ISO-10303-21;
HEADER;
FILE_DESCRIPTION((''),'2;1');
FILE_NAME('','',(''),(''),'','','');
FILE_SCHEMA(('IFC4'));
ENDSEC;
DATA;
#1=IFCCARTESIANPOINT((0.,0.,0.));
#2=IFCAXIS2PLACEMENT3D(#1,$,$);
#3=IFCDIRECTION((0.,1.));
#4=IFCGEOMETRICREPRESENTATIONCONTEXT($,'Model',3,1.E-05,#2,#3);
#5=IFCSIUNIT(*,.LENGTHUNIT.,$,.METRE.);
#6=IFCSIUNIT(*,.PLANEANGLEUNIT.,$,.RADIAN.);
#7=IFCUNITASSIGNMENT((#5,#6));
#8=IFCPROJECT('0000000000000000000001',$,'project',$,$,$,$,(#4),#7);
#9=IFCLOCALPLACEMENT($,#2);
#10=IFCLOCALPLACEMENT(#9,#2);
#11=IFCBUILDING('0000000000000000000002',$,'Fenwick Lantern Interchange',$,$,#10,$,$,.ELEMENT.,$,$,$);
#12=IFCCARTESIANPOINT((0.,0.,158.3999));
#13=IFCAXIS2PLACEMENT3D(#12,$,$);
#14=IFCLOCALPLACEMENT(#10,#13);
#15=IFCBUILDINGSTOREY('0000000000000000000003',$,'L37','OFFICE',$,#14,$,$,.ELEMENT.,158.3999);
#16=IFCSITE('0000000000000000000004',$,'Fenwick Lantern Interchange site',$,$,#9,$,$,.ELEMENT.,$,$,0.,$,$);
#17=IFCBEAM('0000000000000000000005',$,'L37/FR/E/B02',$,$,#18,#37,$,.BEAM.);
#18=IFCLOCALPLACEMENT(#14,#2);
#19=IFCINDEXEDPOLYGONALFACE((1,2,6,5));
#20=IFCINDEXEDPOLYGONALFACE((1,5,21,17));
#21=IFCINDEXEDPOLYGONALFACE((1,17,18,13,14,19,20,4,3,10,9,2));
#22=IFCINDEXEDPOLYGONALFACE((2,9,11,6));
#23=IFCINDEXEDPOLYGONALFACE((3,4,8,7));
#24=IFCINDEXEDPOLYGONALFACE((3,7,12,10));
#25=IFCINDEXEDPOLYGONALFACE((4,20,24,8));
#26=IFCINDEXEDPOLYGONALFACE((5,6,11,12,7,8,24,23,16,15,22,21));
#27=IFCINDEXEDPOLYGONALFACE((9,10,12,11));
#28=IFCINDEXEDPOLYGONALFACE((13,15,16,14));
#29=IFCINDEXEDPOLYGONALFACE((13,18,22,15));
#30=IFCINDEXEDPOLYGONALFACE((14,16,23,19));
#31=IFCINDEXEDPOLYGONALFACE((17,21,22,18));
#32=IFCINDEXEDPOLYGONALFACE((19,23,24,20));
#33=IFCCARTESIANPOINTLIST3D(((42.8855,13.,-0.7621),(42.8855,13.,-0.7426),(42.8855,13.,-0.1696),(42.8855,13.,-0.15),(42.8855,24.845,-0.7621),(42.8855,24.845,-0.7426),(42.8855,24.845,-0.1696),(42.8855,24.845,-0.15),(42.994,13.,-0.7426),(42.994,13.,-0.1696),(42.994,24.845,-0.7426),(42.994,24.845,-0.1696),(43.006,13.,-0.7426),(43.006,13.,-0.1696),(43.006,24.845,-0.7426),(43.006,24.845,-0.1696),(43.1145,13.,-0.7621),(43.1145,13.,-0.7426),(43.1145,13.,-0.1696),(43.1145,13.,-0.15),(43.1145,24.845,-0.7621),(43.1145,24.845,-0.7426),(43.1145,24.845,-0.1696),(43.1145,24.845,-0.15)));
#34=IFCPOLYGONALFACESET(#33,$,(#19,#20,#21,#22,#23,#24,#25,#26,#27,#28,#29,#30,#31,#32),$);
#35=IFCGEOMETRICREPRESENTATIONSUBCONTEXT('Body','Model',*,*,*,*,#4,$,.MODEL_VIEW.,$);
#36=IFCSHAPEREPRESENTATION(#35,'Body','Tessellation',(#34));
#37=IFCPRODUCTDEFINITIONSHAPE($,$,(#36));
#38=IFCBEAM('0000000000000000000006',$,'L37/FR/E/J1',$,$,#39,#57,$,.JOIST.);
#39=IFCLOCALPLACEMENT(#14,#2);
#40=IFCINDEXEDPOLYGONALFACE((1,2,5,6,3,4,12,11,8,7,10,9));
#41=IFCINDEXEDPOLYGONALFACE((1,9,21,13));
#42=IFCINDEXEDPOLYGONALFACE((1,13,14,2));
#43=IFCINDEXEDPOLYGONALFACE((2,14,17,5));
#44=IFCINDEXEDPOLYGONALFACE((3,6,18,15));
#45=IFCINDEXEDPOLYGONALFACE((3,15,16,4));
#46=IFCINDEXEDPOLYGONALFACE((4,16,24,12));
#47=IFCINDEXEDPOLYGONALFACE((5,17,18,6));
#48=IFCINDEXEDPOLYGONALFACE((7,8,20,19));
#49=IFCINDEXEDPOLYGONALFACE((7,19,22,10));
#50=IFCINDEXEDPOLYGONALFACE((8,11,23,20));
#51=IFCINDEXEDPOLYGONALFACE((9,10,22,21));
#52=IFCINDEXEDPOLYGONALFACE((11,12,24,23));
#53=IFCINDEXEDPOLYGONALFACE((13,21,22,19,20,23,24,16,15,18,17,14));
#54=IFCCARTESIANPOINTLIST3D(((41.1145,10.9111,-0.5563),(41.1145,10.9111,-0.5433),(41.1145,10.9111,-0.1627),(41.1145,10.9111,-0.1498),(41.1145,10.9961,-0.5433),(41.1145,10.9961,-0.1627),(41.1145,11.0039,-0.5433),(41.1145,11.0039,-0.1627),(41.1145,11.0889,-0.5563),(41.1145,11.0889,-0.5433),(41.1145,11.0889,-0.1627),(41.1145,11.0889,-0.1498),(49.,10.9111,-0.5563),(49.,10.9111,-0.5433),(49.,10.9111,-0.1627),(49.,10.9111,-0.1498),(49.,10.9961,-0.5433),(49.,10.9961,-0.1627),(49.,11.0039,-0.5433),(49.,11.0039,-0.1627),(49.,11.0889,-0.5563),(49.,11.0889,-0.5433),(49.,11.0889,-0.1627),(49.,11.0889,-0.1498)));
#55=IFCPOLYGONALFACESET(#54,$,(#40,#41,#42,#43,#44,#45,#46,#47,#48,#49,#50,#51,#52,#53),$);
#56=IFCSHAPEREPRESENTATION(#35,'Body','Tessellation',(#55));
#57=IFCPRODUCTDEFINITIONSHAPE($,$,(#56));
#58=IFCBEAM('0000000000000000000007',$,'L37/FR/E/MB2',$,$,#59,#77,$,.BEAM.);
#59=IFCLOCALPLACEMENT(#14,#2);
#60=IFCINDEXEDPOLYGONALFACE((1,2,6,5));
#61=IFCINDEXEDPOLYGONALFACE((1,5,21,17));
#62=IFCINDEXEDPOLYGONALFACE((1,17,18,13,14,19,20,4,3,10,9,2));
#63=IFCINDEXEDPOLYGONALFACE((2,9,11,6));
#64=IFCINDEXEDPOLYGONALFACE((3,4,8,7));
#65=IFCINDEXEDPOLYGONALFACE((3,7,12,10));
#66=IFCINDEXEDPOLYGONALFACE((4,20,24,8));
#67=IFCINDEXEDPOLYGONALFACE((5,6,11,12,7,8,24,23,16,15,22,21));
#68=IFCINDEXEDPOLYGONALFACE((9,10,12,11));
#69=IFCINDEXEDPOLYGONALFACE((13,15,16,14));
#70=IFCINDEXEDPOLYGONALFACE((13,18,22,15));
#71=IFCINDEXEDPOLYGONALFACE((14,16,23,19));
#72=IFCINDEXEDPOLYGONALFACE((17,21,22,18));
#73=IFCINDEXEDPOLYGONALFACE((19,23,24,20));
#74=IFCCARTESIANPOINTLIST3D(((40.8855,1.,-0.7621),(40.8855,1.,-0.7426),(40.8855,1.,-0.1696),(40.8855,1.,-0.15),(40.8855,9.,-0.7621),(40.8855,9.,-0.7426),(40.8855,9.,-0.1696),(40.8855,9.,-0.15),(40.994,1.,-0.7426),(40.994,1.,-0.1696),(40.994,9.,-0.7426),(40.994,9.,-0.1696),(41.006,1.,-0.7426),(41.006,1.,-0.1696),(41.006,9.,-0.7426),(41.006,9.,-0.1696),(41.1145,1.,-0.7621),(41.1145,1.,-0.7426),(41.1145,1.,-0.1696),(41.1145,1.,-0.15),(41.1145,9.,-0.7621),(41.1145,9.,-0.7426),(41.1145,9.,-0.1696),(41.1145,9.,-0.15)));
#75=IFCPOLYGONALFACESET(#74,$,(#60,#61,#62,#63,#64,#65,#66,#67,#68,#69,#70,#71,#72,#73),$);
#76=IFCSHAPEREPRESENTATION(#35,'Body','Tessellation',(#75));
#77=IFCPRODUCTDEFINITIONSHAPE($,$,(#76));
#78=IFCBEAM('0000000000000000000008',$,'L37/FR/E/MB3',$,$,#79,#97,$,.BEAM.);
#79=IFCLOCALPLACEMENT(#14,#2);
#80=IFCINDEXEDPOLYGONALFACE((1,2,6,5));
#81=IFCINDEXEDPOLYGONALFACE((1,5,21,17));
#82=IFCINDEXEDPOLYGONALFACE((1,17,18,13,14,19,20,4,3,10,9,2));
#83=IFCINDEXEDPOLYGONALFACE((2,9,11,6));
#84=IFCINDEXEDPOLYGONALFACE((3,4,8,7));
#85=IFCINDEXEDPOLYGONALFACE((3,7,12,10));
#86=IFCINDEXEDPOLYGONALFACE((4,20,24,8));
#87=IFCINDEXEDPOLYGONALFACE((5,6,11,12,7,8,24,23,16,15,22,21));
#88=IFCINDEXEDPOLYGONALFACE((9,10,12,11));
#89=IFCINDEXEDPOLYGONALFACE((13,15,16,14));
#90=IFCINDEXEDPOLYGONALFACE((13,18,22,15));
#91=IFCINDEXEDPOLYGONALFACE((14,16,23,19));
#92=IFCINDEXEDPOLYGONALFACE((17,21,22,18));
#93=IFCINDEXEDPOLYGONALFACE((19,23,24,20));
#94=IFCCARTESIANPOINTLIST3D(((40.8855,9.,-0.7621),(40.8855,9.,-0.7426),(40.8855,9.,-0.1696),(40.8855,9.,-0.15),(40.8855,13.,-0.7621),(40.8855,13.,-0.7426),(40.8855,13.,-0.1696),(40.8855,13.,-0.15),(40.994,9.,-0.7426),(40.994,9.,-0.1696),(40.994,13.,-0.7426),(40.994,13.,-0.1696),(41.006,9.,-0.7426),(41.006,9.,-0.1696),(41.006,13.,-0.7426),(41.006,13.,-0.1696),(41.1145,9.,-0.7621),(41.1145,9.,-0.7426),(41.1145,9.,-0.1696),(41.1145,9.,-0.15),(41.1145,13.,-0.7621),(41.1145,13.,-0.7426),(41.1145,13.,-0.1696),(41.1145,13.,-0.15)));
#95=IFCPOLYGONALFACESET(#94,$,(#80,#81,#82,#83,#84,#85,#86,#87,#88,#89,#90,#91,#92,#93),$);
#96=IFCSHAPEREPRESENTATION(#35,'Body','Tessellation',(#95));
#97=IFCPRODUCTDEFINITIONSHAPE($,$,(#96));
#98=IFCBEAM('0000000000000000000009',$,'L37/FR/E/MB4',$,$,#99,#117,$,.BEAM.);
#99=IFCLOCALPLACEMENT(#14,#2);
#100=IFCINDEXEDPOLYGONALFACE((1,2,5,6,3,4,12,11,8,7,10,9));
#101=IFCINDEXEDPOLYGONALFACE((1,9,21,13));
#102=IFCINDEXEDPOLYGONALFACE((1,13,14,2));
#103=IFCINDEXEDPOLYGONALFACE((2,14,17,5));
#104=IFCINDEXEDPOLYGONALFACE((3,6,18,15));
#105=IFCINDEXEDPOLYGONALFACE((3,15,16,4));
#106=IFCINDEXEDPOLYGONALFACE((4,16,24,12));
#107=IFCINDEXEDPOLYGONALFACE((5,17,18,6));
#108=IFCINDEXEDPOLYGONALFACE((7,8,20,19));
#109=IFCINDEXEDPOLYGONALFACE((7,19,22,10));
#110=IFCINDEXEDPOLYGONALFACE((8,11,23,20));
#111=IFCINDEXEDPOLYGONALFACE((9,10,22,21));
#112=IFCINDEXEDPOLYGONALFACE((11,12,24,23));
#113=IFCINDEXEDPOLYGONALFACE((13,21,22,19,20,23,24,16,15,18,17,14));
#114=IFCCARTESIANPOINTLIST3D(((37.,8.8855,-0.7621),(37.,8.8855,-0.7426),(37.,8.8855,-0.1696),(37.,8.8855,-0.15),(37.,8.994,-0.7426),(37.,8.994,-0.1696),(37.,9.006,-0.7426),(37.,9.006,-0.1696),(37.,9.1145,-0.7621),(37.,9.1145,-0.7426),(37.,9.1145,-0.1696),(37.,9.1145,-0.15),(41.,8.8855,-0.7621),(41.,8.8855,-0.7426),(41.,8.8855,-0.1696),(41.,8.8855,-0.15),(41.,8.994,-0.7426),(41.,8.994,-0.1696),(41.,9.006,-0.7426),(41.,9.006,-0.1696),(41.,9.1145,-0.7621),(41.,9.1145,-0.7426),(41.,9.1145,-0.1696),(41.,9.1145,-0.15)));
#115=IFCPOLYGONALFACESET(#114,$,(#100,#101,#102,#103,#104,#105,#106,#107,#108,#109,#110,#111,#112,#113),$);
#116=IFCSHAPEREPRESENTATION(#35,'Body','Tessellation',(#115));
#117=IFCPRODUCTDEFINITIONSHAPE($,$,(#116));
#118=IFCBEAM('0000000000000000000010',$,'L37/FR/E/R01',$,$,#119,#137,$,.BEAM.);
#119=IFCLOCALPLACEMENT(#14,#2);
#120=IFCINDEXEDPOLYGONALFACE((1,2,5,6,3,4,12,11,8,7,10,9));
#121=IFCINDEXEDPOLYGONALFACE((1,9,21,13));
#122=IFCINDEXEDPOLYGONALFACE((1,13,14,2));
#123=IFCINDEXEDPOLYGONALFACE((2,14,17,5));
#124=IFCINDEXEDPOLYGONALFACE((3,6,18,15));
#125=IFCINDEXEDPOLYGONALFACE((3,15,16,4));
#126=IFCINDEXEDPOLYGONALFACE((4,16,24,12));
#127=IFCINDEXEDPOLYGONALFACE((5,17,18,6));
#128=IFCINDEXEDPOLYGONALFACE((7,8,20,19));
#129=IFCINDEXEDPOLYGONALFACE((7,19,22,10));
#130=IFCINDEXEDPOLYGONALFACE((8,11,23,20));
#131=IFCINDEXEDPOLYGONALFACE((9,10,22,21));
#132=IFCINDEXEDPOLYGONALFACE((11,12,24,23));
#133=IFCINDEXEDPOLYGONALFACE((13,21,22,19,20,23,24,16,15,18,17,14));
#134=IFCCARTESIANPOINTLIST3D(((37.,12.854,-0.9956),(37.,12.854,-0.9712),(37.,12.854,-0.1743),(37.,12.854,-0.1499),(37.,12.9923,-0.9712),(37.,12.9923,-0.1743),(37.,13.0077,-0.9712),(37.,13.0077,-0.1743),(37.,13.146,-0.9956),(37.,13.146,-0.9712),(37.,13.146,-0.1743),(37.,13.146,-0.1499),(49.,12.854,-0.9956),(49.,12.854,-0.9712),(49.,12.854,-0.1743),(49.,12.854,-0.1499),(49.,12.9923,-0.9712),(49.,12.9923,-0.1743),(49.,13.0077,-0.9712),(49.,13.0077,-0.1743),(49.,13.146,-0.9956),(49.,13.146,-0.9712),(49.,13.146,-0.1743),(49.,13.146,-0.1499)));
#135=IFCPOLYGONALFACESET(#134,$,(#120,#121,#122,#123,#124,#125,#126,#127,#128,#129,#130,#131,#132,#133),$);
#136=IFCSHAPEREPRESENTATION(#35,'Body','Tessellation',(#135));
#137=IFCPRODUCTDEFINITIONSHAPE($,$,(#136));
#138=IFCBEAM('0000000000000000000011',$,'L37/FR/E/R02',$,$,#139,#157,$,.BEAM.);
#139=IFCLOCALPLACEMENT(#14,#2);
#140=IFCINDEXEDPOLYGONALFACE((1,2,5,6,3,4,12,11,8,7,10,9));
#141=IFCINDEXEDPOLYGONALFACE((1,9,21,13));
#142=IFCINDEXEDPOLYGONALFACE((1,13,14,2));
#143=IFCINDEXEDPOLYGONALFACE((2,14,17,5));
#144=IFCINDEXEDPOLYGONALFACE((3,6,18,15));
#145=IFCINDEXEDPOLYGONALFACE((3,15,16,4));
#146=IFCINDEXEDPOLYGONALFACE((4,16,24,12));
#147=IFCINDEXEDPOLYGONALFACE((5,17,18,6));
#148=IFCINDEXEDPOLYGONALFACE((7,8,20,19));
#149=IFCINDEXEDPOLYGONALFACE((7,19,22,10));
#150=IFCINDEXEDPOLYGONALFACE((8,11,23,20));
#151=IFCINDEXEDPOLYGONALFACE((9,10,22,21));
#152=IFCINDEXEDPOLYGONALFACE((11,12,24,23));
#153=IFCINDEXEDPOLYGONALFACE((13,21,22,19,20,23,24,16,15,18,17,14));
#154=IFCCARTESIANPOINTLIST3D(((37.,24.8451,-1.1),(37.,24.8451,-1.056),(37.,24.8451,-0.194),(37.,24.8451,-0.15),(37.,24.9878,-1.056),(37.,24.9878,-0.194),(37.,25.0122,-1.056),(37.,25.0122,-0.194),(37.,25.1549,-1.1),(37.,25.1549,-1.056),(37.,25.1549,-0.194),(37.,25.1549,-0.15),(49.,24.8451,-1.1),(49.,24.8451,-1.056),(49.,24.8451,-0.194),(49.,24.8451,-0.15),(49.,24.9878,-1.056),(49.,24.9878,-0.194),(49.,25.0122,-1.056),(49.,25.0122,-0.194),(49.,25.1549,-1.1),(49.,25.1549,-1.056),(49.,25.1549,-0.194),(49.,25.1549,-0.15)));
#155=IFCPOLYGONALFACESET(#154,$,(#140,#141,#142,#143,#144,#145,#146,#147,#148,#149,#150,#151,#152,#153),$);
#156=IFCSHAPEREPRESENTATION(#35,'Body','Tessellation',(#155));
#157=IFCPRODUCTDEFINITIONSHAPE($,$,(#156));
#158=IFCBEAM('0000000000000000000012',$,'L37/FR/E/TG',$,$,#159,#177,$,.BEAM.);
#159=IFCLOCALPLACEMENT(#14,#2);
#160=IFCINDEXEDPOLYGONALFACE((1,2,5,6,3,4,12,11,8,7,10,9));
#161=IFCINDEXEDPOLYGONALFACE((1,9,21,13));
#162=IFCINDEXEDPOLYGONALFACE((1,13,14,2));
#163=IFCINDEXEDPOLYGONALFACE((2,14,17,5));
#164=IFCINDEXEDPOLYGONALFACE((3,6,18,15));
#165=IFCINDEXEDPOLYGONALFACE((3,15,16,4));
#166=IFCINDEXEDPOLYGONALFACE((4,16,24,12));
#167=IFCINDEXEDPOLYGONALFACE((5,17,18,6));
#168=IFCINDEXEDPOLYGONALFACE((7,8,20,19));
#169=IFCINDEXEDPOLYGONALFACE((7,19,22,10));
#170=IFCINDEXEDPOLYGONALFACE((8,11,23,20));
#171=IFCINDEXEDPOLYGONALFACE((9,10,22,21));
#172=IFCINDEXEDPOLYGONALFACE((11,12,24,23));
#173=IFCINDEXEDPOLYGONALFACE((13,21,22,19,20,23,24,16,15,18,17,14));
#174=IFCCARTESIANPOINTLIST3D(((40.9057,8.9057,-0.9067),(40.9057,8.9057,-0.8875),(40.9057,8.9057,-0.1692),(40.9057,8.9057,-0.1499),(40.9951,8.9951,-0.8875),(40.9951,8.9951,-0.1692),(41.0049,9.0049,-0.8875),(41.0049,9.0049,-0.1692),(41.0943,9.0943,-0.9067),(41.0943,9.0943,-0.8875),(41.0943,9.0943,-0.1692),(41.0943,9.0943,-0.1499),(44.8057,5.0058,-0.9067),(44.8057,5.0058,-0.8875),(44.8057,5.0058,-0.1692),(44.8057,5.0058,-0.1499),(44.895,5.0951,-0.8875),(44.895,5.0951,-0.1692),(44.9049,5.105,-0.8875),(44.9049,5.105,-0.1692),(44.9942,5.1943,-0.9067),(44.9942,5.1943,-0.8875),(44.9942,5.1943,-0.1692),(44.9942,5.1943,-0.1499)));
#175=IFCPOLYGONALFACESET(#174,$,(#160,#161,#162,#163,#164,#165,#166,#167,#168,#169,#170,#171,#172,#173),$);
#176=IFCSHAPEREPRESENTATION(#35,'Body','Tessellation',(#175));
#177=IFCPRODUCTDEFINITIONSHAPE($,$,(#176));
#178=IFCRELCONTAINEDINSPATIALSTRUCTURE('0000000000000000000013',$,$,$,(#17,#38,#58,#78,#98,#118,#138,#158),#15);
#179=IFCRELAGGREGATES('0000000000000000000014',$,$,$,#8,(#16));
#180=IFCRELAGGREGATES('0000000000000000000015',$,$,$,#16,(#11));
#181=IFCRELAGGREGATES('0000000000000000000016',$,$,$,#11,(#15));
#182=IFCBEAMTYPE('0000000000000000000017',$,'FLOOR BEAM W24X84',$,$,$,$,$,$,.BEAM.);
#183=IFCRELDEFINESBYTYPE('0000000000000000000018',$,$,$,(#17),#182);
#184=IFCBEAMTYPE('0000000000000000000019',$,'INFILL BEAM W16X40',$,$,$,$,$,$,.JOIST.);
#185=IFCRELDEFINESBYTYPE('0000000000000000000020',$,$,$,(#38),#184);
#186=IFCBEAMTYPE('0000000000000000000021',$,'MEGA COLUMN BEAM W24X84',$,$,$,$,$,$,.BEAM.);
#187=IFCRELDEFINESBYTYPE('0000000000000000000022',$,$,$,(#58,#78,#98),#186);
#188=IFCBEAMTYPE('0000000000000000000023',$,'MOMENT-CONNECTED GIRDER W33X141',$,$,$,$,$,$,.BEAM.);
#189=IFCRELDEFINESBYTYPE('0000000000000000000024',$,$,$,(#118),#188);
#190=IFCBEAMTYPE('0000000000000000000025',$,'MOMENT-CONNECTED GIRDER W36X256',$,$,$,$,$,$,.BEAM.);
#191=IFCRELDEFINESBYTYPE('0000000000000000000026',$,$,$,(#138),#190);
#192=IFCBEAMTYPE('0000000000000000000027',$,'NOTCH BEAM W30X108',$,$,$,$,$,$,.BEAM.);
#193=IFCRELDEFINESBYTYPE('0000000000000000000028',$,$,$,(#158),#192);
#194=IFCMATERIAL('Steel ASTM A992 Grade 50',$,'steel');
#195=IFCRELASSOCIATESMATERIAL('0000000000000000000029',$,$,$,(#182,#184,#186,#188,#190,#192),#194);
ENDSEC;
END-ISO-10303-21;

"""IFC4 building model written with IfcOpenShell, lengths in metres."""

from ifc_helpers import new_model, si_unit, direction, frame, origin, origin_2d, place, context, subcontext, project, spatial, i_section, extrude, material, material_profile, profile_set, type_object, element, save


model = new_model("IFC4")

# Units and contexts
model_context = context("Model", 3, precision=1e-05, world=origin(), true_north=direction((0.0, 1.0)))
body_context = subcontext(model_context, "Body", "Model", "MODEL_VIEW")
ifc_project = project(units=[si_unit("LENGTHUNIT", "METRE"), si_unit("PLANEANGLEUNIT", "RADIAN")], contexts=[model_context])

# Site, building, storey
site_placement = place(None, origin())
site = spatial("IfcSite", under=ifc_project, at=site_placement, Name="Fenwick Lantern Interchange site", CompositionType="ELEMENT", RefElevation=0.0)
building_placement = place(site_placement, origin())
building = spatial("IfcBuilding", under=site, at=building_placement, Name="Fenwick Lantern Interchange", CompositionType="ELEMENT")
storey_placement = place(building_placement, frame((0.0, 0.0, 158.3999)))
storey = spatial("IfcBuildingStorey", under=building, at=storey_placement, Name="L37", Description="OFFICE", CompositionType="ELEMENT", Elevation=158.3999)

# Shared definitions
ifc_material_1 = material(Name="Steel ASTM A992 Grade 50", Category="steel")

# Beams
ifc_material_profile_1 = material_profile(ifc_material_1, i_section(OverallWidth=0.229, OverallDepth=0.6121, WebThickness=0.012, FlangeThickness=0.0195, at=origin_2d()), Name="W24X84")
ifc_profile_set_1 = profile_set([ifc_material_profile_1], Name="Steel ASTM A992 Grade 50")
beam_type_1 = type_object("IfcBeamType", Name="FLOOR BEAM W24X84", PredefinedType="BEAM", material=ifc_profile_set_1)
for number, where, z_axis, x_axis, name in (
    (1, (43.0, 13.0, -0.4561), (0.0, 1.0, 0.0), (-1.0, 0.0, 0.0), "L37/FR/E/B02"),
):
    element("IfcBeam", number, at=place(storey_placement, frame(where, z_axis=z_axis, x_axis=x_axis)), inside=storey, type_object=beam_type_1, Name=name, PredefinedType="BEAM", context=body_context, shape_type="SweptSolid", body=[
        extrude(i_section(OverallWidth=0.229, OverallDepth=0.6121, WebThickness=0.012, FlangeThickness=0.0195, at=origin_2d()), origin(), (0.0, 0.0, 1.0), 11.845),
    ])
ifc_material_profile_2 = material_profile(ifc_material_1, i_section(OverallWidth=0.1777, OverallDepth=0.4065, WebThickness=0.0078, FlangeThickness=0.0129, at=origin_2d()), Name="W16X40")
ifc_profile_set_2 = profile_set([ifc_material_profile_2], Name="Steel ASTM A992 Grade 50")
beam_type_2 = type_object("IfcBeamType", Name="INFILL BEAM W16X40", PredefinedType="JOIST", material=ifc_profile_set_2)
beam_1_placement = place(storey_placement, frame((49.0, 11.0, -0.353), z_axis=(-1.0, 0.0, 0.0), x_axis=(0.0, -1.0, 0.0)))
element("IfcBeam", 2, at=beam_1_placement, inside=storey, type_object=beam_type_2, Name="L37/FR/E/J1", PredefinedType="JOIST", context=body_context, shape_type="SweptSolid", body=[
    extrude(i_section(OverallWidth=0.1777, OverallDepth=0.4065, WebThickness=0.0078, FlangeThickness=0.0129, at=origin_2d()), origin(), (0.0, 0.0, 1.0), 7.8855),
])
ifc_material_profile_3 = material_profile(ifc_material_1, i_section(OverallWidth=0.229, OverallDepth=0.6121, WebThickness=0.012, FlangeThickness=0.0195, at=origin_2d()), Name="W24X84")
ifc_profile_set_3 = profile_set([ifc_material_profile_3], Name="Steel ASTM A992 Grade 50")
beam_type_3 = type_object("IfcBeamType", Name="MEGA COLUMN BEAM W24X84", PredefinedType="BEAM", material=ifc_profile_set_3)
beam_2_placement = place(storey_placement, frame((41.0, 9.0, -0.4561), z_axis=(0.0, -1.0, 0.0), x_axis=(1.0, 0.0, 0.0)))
element("IfcBeam", 3, at=beam_2_placement, inside=storey, type_object=beam_type_3, Name="L37/FR/E/MB2", PredefinedType="BEAM", context=body_context, shape_type="SweptSolid", body=[
    extrude(i_section(OverallWidth=0.229, OverallDepth=0.6121, WebThickness=0.012, FlangeThickness=0.0195, at=origin_2d()), origin(), (0.0, 0.0, 1.0), 8.0),
])
for number, where, z_axis, x_axis, name in (
    (4, (41.0, 9.0, -0.4561), (0.0, 1.0, 0.0), (-1.0, 0.0, 0.0), "L37/FR/E/MB3"),
    (5, (41.0, 9.0, -0.4561), (-1.0, 0.0, 0.0), (0.0, -1.0, 0.0), "L37/FR/E/MB4"),
):
    element("IfcBeam", number, at=place(storey_placement, frame(where, z_axis=z_axis, x_axis=x_axis)), inside=storey, type_object=beam_type_3, Name=name, PredefinedType="BEAM", context=body_context, shape_type="SweptSolid", body=[
        extrude(i_section(OverallWidth=0.229, OverallDepth=0.6121, WebThickness=0.012, FlangeThickness=0.0195, at=origin_2d()), origin(), (0.0, 0.0, 1.0), 4.0),
    ])
ifc_material_profile_4 = material_profile(ifc_material_1, i_section(OverallWidth=0.292, OverallDepth=0.8457, WebThickness=0.0154, FlangeThickness=0.0244, at=origin_2d()), Name="W33X141")
ifc_profile_set_4 = profile_set([ifc_material_profile_4], Name="Steel ASTM A992 Grade 50")
beam_type_4 = type_object("IfcBeamType", Name="MOMENT-CONNECTED GIRDER W33X141", PredefinedType="BEAM", material=ifc_profile_set_4)
beam_3_placement = place(storey_placement, frame((49.0, 13.0, -0.5728), z_axis=(-1.0, 0.0, 0.0), x_axis=(0.0, -1.0, 0.0)))
element("IfcBeam", 6, at=beam_3_placement, inside=storey, type_object=beam_type_4, Name="L37/FR/E/R01", PredefinedType="BEAM", context=body_context, shape_type="SweptSolid", body=[
    extrude(i_section(OverallWidth=0.292, OverallDepth=0.8457, WebThickness=0.0154, FlangeThickness=0.0244, at=origin_2d()), origin(), (0.0, 0.0, 1.0), 12.0),
])
ifc_material_profile_5 = material_profile(ifc_material_1, i_section(OverallWidth=0.3098, OverallDepth=0.95, WebThickness=0.0244, FlangeThickness=0.0439, at=origin_2d()), Name="W36X256")
ifc_profile_set_5 = profile_set([ifc_material_profile_5], Name="Steel ASTM A992 Grade 50")
beam_type_5 = type_object("IfcBeamType", Name="MOMENT-CONNECTED GIRDER W36X256", PredefinedType="BEAM", material=ifc_profile_set_5)
beam_4_placement = place(storey_placement, frame((49.0, 25.0, -0.625), z_axis=(-1.0, 0.0, 0.0), x_axis=(0.0, -1.0, 0.0)))
element("IfcBeam", 7, at=beam_4_placement, inside=storey, type_object=beam_type_5, Name="L37/FR/E/R02", PredefinedType="BEAM", context=body_context, shape_type="SweptSolid", body=[
    extrude(i_section(OverallWidth=0.3098, OverallDepth=0.95, WebThickness=0.0244, FlangeThickness=0.0439, at=origin_2d()), origin(), (0.0, 0.0, 1.0), 12.0),
])
ifc_material_profile_6 = material_profile(ifc_material_1, i_section(OverallWidth=0.2666, OverallDepth=0.7568, WebThickness=0.0139, FlangeThickness=0.0193, at=origin_2d()), Name="W30X108")
ifc_profile_set_6 = profile_set([ifc_material_profile_6], Name="Steel ASTM A992 Grade 50")
beam_type_6 = type_object("IfcBeamType", Name="NOTCH BEAM W30X108", PredefinedType="BEAM", material=ifc_profile_set_6)
beam_5_placement = place(storey_placement, frame((41.0, 9.0, -0.5283), z_axis=(0.707107, -0.707107, 0.0), x_axis=(0.707107, 0.707107, 0.0)))
element("IfcBeam", 8, at=beam_5_placement, inside=storey, type_object=beam_type_6, Name="L37/FR/E/TG", PredefinedType="BEAM", context=body_context, shape_type="SweptSolid", body=[
    extrude(i_section(OverallWidth=0.2666, OverallDepth=0.7568, WebThickness=0.0139, FlangeThickness=0.0193, at=origin_2d()), origin(), (0.0, 0.0, 1.0), 5.5154),
])

save(model, "model.ifc")
